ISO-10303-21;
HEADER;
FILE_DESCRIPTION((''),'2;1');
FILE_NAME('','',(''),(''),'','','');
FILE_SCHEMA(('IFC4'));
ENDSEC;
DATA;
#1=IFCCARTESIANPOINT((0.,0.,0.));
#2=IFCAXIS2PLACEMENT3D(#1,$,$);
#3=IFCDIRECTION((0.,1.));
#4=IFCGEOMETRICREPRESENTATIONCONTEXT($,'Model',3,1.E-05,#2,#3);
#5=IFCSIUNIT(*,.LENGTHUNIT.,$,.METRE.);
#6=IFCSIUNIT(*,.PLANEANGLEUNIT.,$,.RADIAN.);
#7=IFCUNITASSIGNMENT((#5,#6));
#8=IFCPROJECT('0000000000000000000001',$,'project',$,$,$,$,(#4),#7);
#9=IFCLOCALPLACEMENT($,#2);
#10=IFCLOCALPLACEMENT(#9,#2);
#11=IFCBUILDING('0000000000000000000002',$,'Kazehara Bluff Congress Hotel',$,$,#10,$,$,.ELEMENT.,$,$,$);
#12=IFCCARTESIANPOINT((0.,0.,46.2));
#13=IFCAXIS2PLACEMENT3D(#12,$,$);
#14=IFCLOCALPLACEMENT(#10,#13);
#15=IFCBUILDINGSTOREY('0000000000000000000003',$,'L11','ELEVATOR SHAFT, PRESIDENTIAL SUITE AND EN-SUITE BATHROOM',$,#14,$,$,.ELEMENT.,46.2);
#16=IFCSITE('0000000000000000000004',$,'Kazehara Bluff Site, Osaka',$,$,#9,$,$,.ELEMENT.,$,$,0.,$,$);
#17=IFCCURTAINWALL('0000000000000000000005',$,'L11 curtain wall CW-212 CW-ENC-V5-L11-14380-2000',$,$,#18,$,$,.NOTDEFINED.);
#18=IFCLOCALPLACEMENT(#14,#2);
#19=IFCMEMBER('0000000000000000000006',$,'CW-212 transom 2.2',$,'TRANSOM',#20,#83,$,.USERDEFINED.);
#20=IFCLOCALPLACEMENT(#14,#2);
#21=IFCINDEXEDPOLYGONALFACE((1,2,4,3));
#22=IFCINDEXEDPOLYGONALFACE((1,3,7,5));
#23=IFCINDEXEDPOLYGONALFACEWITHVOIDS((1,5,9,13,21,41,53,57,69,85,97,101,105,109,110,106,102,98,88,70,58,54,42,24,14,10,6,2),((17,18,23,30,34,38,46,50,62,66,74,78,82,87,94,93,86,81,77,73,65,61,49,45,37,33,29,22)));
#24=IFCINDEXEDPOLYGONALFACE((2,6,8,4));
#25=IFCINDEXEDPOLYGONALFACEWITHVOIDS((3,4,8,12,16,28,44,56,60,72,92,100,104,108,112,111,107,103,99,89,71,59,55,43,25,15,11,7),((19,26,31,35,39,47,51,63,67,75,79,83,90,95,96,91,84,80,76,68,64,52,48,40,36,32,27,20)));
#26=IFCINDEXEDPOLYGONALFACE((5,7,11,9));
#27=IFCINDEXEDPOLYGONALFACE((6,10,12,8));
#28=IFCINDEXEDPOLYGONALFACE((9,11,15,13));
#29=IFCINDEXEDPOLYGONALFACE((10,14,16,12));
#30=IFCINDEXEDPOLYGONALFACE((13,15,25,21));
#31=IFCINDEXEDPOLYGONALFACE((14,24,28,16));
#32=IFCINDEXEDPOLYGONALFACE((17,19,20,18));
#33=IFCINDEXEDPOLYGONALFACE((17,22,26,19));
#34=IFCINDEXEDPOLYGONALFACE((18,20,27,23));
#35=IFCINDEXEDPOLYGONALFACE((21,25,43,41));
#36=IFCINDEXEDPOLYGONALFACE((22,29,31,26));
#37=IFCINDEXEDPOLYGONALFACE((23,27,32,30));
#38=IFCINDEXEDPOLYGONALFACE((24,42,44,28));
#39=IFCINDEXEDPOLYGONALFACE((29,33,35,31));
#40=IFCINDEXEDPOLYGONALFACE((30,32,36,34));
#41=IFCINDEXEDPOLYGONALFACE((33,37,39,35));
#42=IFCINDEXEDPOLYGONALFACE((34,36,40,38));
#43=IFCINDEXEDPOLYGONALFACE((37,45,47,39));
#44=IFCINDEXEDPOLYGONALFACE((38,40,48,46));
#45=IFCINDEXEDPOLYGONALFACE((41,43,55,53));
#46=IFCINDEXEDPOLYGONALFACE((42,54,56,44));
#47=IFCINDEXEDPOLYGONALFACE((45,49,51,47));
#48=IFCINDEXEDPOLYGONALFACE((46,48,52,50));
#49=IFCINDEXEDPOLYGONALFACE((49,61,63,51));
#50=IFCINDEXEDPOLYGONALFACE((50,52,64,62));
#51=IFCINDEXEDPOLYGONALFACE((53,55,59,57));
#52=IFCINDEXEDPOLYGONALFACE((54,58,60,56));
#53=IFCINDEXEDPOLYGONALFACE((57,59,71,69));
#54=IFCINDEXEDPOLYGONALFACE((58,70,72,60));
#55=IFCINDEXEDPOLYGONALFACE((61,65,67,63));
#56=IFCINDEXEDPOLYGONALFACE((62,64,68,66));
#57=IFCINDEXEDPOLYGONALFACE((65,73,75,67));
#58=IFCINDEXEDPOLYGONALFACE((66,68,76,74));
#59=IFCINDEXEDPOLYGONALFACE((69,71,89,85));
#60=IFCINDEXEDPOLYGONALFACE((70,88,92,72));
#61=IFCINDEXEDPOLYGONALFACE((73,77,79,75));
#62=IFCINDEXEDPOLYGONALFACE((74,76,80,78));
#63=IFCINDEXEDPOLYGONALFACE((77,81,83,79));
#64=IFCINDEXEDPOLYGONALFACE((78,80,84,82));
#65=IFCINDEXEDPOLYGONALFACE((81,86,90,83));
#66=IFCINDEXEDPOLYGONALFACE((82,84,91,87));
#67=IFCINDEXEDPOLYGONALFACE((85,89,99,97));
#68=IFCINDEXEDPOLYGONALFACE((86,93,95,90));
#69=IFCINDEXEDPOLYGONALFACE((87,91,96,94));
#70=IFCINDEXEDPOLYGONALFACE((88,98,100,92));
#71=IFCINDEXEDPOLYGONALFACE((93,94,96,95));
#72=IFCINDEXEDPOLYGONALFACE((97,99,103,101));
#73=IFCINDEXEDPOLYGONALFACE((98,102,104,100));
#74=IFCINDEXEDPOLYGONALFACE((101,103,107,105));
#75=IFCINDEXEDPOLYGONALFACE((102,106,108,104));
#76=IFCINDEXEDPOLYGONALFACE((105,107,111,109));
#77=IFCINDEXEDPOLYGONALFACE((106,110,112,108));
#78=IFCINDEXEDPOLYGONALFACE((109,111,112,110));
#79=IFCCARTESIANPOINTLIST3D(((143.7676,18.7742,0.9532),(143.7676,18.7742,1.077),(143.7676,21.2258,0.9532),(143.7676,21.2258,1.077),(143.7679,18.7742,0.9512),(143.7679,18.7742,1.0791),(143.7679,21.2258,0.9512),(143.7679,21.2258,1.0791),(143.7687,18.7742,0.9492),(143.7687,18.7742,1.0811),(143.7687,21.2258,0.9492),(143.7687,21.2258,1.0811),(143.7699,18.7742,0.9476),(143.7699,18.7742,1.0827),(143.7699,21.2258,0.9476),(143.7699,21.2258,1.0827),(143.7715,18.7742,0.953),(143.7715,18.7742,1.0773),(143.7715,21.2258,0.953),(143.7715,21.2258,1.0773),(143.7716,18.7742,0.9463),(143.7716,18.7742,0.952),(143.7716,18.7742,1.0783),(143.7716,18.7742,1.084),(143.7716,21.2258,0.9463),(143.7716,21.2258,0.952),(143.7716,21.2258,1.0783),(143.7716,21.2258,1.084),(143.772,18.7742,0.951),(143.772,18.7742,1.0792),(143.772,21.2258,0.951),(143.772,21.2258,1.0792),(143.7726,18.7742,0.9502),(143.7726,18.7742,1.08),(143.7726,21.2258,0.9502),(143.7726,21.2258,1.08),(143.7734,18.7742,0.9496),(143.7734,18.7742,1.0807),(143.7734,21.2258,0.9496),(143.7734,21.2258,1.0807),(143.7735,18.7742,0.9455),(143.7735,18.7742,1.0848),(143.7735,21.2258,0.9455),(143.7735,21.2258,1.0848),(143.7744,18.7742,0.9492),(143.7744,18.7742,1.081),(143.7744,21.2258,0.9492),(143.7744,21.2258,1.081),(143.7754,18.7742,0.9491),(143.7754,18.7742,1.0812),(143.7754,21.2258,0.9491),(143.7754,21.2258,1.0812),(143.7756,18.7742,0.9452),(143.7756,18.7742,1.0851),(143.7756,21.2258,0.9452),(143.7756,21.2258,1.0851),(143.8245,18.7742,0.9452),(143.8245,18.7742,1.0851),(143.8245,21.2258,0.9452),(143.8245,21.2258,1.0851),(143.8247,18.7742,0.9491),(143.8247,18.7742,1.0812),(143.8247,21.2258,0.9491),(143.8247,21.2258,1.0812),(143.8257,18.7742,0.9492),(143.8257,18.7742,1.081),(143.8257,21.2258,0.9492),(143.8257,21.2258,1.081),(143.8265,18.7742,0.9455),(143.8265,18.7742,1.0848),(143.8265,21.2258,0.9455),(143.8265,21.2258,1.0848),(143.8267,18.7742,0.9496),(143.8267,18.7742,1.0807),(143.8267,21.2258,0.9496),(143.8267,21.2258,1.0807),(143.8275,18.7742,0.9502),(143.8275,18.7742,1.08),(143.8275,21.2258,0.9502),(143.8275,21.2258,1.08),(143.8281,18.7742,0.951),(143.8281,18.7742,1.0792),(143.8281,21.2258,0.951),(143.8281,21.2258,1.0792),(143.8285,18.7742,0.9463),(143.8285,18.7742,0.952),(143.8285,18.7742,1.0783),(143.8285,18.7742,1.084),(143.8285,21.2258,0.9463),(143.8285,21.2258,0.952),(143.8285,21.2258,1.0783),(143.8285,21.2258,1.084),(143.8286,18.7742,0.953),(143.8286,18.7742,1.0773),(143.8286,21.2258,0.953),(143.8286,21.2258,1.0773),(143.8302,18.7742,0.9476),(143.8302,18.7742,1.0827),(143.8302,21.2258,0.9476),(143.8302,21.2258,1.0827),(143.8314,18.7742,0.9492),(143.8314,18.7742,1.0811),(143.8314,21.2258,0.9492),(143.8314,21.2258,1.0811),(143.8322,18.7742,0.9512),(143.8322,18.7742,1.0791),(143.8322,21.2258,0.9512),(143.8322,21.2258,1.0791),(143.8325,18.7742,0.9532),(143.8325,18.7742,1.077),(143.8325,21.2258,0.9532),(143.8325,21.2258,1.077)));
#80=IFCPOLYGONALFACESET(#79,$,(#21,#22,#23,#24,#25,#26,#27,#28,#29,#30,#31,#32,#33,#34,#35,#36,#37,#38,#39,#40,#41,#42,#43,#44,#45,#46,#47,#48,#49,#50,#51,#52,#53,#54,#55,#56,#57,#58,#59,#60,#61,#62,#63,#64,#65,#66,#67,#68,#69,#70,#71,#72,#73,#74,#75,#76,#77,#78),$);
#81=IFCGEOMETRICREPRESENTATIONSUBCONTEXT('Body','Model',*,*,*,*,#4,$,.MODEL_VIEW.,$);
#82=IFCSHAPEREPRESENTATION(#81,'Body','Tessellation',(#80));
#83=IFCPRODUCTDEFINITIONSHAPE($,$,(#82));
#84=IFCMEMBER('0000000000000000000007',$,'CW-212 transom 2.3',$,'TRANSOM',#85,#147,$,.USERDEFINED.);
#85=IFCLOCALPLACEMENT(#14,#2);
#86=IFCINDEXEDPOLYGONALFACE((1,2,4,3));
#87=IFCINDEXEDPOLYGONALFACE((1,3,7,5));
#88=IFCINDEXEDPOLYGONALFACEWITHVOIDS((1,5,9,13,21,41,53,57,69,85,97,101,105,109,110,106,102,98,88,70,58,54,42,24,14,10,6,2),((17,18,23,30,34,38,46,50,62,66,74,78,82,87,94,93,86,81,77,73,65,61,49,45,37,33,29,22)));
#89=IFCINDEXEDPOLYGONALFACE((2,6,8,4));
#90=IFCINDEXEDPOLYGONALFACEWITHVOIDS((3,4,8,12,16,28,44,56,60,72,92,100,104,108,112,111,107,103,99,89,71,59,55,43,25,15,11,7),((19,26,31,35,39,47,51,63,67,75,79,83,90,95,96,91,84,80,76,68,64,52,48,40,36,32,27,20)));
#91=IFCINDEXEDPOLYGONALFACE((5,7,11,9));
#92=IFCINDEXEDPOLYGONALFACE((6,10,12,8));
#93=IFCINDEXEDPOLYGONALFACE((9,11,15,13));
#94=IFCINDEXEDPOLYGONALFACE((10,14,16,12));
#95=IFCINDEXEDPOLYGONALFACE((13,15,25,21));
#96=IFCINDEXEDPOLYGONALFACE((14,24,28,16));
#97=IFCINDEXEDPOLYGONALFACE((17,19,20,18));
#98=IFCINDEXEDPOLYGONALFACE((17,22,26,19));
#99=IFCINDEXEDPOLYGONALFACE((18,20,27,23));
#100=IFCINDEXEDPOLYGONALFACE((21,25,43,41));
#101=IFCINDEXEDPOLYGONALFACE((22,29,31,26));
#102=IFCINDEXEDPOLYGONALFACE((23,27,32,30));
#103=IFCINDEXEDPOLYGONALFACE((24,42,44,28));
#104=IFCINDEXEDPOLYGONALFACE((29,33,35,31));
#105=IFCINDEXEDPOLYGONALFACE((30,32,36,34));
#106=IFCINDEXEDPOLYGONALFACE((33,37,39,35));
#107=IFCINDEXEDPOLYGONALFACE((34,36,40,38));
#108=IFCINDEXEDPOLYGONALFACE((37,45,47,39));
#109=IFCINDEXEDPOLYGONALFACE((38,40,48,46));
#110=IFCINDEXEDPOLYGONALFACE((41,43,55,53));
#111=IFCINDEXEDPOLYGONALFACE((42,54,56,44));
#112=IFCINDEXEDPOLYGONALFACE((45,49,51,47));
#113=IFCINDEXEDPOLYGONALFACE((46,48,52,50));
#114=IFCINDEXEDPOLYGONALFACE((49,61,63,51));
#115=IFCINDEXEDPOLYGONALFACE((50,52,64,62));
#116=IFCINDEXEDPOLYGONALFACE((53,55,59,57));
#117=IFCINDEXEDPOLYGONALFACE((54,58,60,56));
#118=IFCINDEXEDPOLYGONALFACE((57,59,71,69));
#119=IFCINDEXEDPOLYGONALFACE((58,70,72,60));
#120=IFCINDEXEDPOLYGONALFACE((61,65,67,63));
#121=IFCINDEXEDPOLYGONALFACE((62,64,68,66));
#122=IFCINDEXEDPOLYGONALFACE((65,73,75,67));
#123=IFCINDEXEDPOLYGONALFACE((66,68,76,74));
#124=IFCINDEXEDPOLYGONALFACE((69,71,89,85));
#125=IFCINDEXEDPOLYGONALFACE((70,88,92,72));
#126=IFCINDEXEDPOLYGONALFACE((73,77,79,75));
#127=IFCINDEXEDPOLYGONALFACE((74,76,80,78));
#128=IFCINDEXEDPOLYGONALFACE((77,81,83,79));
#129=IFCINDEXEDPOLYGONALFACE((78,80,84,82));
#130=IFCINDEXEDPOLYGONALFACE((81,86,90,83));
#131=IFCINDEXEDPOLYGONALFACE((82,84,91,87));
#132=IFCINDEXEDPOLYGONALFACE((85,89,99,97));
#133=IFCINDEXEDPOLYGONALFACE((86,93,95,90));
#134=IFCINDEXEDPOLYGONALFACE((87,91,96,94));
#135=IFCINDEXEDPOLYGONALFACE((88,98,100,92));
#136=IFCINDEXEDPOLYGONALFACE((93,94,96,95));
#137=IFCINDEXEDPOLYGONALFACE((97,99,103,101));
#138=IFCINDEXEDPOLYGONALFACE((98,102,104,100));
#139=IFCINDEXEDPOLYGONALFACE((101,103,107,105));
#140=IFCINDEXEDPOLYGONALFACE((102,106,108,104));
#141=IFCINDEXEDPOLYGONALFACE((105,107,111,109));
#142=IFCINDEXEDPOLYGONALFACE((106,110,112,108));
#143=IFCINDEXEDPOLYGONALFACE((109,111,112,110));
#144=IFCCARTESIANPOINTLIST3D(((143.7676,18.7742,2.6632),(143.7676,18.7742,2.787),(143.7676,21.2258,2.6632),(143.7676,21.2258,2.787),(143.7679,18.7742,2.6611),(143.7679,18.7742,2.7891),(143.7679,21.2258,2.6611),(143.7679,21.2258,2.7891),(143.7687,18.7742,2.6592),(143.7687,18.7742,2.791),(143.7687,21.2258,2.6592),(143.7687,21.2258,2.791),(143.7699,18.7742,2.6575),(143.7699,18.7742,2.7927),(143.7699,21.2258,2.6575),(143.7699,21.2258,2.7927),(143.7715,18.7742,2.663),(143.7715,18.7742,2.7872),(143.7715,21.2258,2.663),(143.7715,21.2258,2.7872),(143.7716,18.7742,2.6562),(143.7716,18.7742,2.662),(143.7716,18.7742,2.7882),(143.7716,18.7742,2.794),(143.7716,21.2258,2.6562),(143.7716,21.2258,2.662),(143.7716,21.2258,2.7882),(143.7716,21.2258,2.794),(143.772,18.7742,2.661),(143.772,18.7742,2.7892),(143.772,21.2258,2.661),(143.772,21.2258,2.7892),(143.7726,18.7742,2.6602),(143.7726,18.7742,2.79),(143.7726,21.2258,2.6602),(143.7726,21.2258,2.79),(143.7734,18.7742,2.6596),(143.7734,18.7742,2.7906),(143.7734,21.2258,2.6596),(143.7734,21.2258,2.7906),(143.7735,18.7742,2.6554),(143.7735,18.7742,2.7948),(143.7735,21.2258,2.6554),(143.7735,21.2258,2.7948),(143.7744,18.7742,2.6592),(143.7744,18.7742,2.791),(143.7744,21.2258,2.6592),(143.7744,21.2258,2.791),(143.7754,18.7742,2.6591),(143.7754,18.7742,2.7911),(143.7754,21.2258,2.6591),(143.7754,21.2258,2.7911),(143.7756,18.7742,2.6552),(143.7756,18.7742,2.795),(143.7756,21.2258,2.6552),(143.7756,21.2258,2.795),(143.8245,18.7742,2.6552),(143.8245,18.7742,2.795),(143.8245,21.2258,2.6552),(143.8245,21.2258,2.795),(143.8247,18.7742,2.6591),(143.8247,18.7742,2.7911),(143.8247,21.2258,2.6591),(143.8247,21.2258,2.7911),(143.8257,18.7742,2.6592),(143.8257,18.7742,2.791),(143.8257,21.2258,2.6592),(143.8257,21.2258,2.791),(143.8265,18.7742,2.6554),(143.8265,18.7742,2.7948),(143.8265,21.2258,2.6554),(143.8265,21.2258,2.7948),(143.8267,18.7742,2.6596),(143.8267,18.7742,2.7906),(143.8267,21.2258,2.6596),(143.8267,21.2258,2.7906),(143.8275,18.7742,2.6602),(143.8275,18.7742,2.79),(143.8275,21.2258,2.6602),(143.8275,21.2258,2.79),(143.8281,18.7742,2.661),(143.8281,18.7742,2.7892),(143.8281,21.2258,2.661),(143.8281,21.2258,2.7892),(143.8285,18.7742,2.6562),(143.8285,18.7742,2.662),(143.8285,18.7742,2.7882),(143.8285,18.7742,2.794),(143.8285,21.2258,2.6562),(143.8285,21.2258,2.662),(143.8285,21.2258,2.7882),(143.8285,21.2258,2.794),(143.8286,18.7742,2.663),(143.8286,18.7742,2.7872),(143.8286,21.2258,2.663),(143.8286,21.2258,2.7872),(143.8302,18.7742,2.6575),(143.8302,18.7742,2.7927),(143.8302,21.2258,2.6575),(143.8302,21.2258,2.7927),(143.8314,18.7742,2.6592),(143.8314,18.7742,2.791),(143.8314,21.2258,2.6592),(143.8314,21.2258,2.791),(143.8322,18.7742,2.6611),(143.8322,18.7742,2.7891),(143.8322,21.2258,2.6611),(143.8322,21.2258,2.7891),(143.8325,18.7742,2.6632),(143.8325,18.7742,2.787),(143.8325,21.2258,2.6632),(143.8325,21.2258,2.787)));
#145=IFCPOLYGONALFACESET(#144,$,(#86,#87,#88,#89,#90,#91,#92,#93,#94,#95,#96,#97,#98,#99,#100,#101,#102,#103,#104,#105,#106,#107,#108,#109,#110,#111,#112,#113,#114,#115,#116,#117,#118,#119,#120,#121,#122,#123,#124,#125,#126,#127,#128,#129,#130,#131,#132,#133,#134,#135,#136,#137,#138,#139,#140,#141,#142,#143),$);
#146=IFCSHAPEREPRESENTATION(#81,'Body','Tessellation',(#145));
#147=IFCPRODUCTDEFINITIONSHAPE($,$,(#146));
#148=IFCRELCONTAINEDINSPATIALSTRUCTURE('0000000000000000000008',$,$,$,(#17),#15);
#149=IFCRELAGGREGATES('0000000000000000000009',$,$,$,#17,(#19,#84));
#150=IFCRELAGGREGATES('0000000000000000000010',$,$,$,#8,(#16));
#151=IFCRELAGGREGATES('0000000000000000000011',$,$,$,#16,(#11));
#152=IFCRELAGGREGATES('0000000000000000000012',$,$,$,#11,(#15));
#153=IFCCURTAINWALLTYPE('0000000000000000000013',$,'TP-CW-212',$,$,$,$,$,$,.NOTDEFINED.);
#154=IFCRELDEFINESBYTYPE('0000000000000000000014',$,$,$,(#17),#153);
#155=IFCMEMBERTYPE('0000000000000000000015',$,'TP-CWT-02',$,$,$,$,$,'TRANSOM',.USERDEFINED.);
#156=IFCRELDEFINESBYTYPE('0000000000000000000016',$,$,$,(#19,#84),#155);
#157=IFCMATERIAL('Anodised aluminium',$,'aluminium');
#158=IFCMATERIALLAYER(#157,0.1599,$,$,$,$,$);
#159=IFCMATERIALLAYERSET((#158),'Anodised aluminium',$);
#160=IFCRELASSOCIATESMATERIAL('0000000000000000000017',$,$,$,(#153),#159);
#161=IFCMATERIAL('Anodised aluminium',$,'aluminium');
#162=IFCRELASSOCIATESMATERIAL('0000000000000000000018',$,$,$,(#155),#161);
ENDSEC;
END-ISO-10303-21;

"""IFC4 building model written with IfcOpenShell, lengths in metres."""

from ifc_helpers import new_model, si_unit, direction, frame, origin, origin_2d, place, context, subcontext, project, spatial, hollow_rectangle, extrude, material, layer, layer_set, material_profile, profile_set, type_object, element, aggregate, save


model = new_model("IFC4")

# Units and contexts
model_context = context("Model", 3, precision=1e-05, world=origin(), true_north=direction((0.0, 1.0)))
body_context = subcontext(model_context, "Body", "Model", "MODEL_VIEW")
ifc_project = project(units=[si_unit("LENGTHUNIT", "METRE"), si_unit("PLANEANGLEUNIT", "RADIAN")], contexts=[model_context])

# Site, building, storey
site_placement = place(None, origin())
site = spatial("IfcSite", under=ifc_project, at=site_placement, Name="Kazehara Bluff Site, Osaka", CompositionType="ELEMENT", RefElevation=0.0)
building_placement = place(site_placement, origin())
building = spatial("IfcBuilding", under=site, at=building_placement, Name="Kazehara Bluff Congress Hotel", CompositionType="ELEMENT")
storey_placement = place(building_placement, frame((0.0, 0.0, 46.2)))
storey = spatial("IfcBuildingStorey", under=building, at=storey_placement, Name="L11", Description="ELEVATOR SHAFT, PRESIDENTIAL SUITE AND EN-SUITE BATHROOM", CompositionType="ELEMENT", Elevation=46.2)

# Shared definitions
ifc_material_1 = material(Name="Anodised aluminium", Category="aluminium")
ifc_layer_1 = layer(ifc_material_1, 0.1599)
ifc_layer_set_1 = layer_set([ifc_layer_1], Name="Anodised aluminium")
curtain_wall_type = type_object("IfcCurtainWallType", Name="TP-CW-212", PredefinedType="NOTDEFINED", material=ifc_layer_set_1)

# Curtain wall, members
curtain_wall_1_placement = place(storey_placement, origin())
curtain_wall_1 = element("IfcCurtainWall", 1, at=curtain_wall_1_placement, inside=storey, type_object=curtain_wall_type, Name="L11 curtain wall CW-212 CW-ENC-V5-L11-14380-2000", PredefinedType="NOTDEFINED")
ifc_material_2 = material(Name="Anodised aluminium", Category="aluminium")
ifc_material_profile_1 = material_profile(ifc_material_2, hollow_rectangle(XDim=0.0649, YDim=0.1399, WallThickness=0.0039, InnerFilletRadius=0.0039, OuterFilletRadius=0.0081, at=origin_2d()))
ifc_profile_set_1 = profile_set([ifc_material_profile_1], Name="Anodised aluminium")
member_type_1 = type_object("IfcMemberType", Name="TP-CWT-02", ElementType="TRANSOM", PredefinedType="USERDEFINED", material=ifc_profile_set_1)
member_1_placement = place(storey_placement, frame((143.8, 18.7742, 1.0151), z_axis=(0.0, 1.0, 0.0), x_axis=(-1.0, 0.0, 0.0)))
member_1 = element("IfcMember", 2, at=member_1_placement, type_object=member_type_1, Name="CW-212 transom 2.2", ObjectType="TRANSOM", PredefinedType="USERDEFINED", context=body_context, shape_type="SweptSolid", body=[
    extrude(hollow_rectangle(XDim=0.0649, YDim=0.1399, WallThickness=0.0039, InnerFilletRadius=0.0039, OuterFilletRadius=0.0081, at=origin_2d()), origin(), (0.0, 0.0, 1.0), 2.4517),
])
member_2_placement = place(storey_placement, frame((143.8, 18.7742, 2.7251), z_axis=(0.0, 1.0, 0.0), x_axis=(-1.0, 0.0, 0.0)))
member_2 = element("IfcMember", 3, at=member_2_placement, type_object=member_type_1, Name="CW-212 transom 2.3", ObjectType="TRANSOM", PredefinedType="USERDEFINED", context=body_context, shape_type="SweptSolid", body=[
    extrude(hollow_rectangle(XDim=0.0649, YDim=0.1399, WallThickness=0.0039, InnerFilletRadius=0.0039, OuterFilletRadius=0.0081, at=origin_2d()), origin(), (0.0, 0.0, 1.0), 2.4517),
])

aggregate(curtain_wall_1, [member_1, member_2])

save(model, "model.ifc")
